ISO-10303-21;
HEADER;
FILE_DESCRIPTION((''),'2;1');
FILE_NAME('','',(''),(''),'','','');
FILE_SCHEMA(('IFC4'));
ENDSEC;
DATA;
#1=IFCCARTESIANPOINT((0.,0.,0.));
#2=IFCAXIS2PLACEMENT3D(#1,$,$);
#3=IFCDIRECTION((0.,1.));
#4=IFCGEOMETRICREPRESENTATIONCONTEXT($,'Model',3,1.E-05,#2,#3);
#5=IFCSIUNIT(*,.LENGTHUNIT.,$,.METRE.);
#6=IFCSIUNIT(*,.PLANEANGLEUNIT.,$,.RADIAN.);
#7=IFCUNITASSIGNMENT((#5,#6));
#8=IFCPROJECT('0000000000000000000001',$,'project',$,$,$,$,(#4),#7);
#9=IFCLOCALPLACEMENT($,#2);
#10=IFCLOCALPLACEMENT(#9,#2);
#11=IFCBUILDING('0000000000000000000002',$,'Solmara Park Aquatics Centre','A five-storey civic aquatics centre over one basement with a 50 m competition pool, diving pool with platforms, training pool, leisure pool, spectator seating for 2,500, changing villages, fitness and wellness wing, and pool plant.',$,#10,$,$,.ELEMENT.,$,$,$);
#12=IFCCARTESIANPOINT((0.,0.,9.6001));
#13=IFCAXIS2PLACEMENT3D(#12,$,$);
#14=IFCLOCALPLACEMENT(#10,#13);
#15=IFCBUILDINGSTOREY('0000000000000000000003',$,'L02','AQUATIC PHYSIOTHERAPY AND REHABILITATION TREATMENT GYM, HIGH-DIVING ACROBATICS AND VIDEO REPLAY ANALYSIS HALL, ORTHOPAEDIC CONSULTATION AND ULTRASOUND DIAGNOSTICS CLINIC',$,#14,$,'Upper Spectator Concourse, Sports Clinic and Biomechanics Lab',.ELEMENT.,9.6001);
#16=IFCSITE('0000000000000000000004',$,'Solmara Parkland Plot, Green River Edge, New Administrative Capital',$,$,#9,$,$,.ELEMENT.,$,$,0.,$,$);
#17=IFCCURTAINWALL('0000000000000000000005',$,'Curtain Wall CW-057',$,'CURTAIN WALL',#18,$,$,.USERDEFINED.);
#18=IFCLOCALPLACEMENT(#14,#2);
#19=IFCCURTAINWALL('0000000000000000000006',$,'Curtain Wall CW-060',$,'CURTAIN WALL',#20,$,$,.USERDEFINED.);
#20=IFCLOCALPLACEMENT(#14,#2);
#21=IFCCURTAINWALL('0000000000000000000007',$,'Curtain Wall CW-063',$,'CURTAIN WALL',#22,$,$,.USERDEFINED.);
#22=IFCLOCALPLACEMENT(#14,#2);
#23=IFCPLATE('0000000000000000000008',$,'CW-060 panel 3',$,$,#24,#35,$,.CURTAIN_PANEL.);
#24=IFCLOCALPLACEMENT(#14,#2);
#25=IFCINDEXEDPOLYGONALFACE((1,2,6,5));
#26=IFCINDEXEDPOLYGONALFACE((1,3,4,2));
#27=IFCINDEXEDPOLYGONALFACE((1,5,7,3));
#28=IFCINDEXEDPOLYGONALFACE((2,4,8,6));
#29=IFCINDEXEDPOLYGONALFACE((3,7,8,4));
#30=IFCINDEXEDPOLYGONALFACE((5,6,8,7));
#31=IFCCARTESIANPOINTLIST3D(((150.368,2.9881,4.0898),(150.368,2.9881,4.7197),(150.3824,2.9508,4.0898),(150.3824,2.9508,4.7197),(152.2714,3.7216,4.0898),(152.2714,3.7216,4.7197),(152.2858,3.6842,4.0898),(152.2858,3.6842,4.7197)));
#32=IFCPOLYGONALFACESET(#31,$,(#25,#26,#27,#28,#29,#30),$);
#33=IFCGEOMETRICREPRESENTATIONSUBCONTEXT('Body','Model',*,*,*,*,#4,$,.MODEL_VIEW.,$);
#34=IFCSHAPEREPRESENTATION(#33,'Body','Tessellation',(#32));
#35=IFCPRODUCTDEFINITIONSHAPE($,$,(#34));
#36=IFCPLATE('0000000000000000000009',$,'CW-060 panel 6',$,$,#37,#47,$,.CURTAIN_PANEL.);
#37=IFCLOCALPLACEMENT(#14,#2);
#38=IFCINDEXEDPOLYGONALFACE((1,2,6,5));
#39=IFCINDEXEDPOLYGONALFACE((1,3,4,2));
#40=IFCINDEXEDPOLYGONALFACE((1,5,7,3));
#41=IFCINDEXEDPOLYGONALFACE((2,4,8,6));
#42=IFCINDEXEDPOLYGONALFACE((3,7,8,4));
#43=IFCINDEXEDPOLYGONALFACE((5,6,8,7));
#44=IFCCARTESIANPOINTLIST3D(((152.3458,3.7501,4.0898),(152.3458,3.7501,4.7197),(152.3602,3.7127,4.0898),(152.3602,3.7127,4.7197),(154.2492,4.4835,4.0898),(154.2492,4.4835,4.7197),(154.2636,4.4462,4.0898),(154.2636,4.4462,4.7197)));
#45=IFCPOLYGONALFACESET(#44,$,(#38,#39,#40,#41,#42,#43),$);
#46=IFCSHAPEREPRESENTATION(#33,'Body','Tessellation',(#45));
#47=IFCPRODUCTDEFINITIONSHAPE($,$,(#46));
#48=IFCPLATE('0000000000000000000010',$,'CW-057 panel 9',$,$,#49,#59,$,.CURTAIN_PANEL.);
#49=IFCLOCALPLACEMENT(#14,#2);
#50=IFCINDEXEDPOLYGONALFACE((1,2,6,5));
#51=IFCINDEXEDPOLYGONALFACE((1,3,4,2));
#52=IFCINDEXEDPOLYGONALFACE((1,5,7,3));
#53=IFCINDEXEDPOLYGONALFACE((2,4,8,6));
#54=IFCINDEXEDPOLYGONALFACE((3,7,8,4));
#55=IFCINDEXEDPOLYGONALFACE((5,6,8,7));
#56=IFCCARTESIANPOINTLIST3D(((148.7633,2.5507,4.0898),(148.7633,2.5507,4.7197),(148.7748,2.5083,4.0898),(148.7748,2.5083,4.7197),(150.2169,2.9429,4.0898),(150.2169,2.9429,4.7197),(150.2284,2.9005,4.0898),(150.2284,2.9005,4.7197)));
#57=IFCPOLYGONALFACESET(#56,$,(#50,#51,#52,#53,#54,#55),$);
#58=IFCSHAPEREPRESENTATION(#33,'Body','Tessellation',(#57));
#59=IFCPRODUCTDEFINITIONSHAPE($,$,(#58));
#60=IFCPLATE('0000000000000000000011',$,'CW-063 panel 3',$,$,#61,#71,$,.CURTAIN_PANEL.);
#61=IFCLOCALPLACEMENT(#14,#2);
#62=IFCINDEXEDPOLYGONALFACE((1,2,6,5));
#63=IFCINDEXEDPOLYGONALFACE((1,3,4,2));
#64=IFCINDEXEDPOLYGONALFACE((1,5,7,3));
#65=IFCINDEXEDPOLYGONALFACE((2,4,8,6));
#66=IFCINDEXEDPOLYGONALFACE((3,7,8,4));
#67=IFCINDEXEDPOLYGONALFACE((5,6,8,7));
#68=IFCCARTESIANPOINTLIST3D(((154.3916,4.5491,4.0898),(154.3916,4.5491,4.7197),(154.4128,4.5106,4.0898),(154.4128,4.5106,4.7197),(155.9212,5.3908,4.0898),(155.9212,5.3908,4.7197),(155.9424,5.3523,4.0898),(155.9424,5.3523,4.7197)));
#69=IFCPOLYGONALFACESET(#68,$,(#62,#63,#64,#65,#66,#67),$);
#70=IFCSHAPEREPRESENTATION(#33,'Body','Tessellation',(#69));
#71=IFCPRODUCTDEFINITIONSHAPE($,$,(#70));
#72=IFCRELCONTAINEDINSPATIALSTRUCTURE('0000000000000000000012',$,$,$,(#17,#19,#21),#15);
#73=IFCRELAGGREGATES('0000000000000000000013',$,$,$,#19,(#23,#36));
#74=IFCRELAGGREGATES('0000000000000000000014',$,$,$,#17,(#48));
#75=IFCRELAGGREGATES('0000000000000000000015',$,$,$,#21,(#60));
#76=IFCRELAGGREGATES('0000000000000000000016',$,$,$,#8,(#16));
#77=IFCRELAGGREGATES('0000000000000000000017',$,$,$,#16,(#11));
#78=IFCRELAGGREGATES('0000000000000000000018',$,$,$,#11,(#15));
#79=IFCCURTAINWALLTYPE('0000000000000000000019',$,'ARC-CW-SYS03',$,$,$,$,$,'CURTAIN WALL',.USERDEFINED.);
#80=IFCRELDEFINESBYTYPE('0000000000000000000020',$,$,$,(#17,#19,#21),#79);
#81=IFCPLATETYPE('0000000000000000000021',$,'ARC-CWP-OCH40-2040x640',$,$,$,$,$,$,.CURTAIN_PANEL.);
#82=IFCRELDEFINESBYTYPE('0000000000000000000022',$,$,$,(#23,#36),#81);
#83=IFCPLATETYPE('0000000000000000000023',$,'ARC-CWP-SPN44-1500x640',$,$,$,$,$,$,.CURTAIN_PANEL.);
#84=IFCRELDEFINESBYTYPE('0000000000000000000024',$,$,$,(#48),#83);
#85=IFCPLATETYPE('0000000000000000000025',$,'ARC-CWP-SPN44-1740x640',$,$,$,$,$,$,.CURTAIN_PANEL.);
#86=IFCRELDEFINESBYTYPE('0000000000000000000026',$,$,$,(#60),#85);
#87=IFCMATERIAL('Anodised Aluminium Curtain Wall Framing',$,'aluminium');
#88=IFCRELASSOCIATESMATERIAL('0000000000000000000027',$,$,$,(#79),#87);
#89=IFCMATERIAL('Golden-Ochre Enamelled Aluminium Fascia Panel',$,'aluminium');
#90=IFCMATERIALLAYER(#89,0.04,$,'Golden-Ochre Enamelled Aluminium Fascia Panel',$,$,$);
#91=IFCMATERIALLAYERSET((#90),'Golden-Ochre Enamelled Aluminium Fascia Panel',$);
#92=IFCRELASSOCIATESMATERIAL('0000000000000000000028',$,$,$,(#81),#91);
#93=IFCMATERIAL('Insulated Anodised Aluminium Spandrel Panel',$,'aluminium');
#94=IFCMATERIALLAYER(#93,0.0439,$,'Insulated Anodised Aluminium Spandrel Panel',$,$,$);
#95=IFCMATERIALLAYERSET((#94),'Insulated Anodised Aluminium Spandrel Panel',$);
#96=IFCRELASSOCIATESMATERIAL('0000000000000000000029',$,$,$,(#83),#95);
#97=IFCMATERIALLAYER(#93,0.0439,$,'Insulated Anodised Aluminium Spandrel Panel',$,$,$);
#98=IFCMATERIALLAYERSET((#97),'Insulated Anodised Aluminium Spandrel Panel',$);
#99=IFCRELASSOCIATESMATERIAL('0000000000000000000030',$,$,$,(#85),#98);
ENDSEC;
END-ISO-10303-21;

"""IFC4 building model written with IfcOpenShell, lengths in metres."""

from ifc_helpers import new_model, si_unit, direction, frame, origin, origin_2d, place, context, subcontext, project, spatial, rectangle, extrude, material, layer, layer_set, type_object, element, aggregate, save


model = new_model("IFC4")

# Units and contexts
model_context = context("Model", 3, precision=1e-05, world=origin(), true_north=direction((0.0, 1.0)))
body_context = subcontext(model_context, "Body", "Model", "MODEL_VIEW")
ifc_project = project(units=[si_unit("LENGTHUNIT", "METRE"), si_unit("PLANEANGLEUNIT", "RADIAN")], contexts=[model_context])

# Site, building, storey
site_placement = place(None, origin())
site = spatial("IfcSite", under=ifc_project, at=site_placement, Name="Solmara Parkland Plot, Green River Edge, New Administrative Capital", CompositionType="ELEMENT", RefElevation=0.0)
building_placement = place(site_placement, origin())
building = spatial("IfcBuilding", under=site, at=building_placement, Name="Solmara Park Aquatics Centre", Description="A five-storey civic aquatics centre over one basement with a 50 m competition pool, diving pool with platforms, training pool, leisure pool, spectator seating for 2,500, changing villages, fitness and wellness wing, and pool plant.", CompositionType="ELEMENT")
storey_placement = place(building_placement, frame((0.0, 0.0, 9.6001)))
storey = spatial("IfcBuildingStorey", under=building, at=storey_placement, Name="L02", Description="AQUATIC PHYSIOTHERAPY AND REHABILITATION TREATMENT GYM, HIGH-DIVING ACROBATICS AND VIDEO REPLAY ANALYSIS HALL, ORTHOPAEDIC CONSULTATION AND ULTRASOUND DIAGNOSTICS CLINIC", LongName="Upper Spectator Concourse, Sports Clinic and Biomechanics Lab", CompositionType="ELEMENT", Elevation=9.6001)

# Curtain wall
ifc_material_1 = material(Name="Anodised Aluminium Curtain Wall Framing", Category="aluminium")
curtain_wall_type = type_object("IfcCurtainWallType", Name="ARC-CW-SYS03", ElementType="CURTAIN WALL", PredefinedType="USERDEFINED", material=ifc_material_1)
curtain_wall_1_placement = place(storey_placement, origin())
curtain_wall_1 = element("IfcCurtainWall", 1, at=curtain_wall_1_placement, inside=storey, type_object=curtain_wall_type, Name="Curtain Wall CW-057", ObjectType="CURTAIN WALL", PredefinedType="USERDEFINED")

# Curtain walls
curtain_wall_2_placement = place(storey_placement, origin())
curtain_wall_2 = element("IfcCurtainWall", 2, at=curtain_wall_2_placement, inside=storey, type_object=curtain_wall_type, Name="Curtain Wall CW-060", ObjectType="CURTAIN WALL", PredefinedType="USERDEFINED")
curtain_wall_3_placement = place(storey_placement, origin())
curtain_wall_3 = element("IfcCurtainWall", 3, at=curtain_wall_3_placement, inside=storey, type_object=curtain_wall_type, Name="Curtain Wall CW-063", ObjectType="CURTAIN WALL", PredefinedType="USERDEFINED")

# Plates
ifc_material_2 = material(Name="Golden-Ochre Enamelled Aluminium Fascia Panel", Category="aluminium")
ifc_layer_1 = layer(ifc_material_2, 0.04, Name="Golden-Ochre Enamelled Aluminium Fascia Panel")
ifc_layer_set_1 = layer_set([ifc_layer_1], Name="Golden-Ochre Enamelled Aluminium Fascia Panel")
plate_type_1 = type_object("IfcPlateType", Name="ARC-CWP-OCH40-2040x640", PredefinedType="CURTAIN_PANEL", material=ifc_layer_set_1)
plate_1_placement = place(storey_placement, frame((151.3269, 3.3362, 4.0898), z_axis=(0.0, 0.0, 1.0), x_axis=(0.93312, 0.359565, 0.0)))
plate_1 = element("IfcPlate", 4, at=plate_1_placement, type_object=plate_type_1, Name="CW-060 panel 3", PredefinedType="CURTAIN_PANEL", context=body_context, shape_type="SweptSolid", body=[
    extrude(rectangle(XDim=2.0398, YDim=0.04, at=origin_2d()), origin(), (0.0, 0.0, 1.0), 0.6299),
])
plate_2_placement = place(storey_placement, frame((153.3047, 4.0981, 4.0898), z_axis=(0.0, 0.0, 1.0), x_axis=(0.93312, 0.359565, 0.0)))
plate_2 = element("IfcPlate", 5, at=plate_2_placement, type_object=plate_type_1, Name="CW-060 panel 6", PredefinedType="CURTAIN_PANEL", context=body_context, shape_type="SweptSolid", body=[
    extrude(rectangle(XDim=2.0398, YDim=0.04, at=origin_2d()), origin(), (0.0, 0.0, 1.0), 0.6299),
])
aggregate(curtain_wall_2, [plate_1, plate_2])
ifc_material_3 = material(Name="Insulated Anodised Aluminium Spandrel Panel", Category="aluminium")
ifc_layer_2 = layer(ifc_material_3, 0.0439, Name="Insulated Anodised Aluminium Spandrel Panel")
ifc_layer_set_2 = layer_set([ifc_layer_2], Name="Insulated Anodised Aluminium Spandrel Panel")
plate_type_2 = type_object("IfcPlateType", Name="ARC-CWP-SPN44-1500x640", PredefinedType="CURTAIN_PANEL", material=ifc_layer_set_2)
plate_3_placement = place(storey_placement, frame((149.4958, 2.7256, 4.0898), z_axis=(0.0, 0.0, 1.0), x_axis=(0.96548, 0.260476, 0.0)))
plate_3 = element("IfcPlate", 6, at=plate_3_placement, type_object=plate_type_2, Name="CW-057 panel 9", PredefinedType="CURTAIN_PANEL", context=body_context, shape_type="SweptSolid", body=[
    extrude(rectangle(XDim=1.5056, YDim=0.0439, at=origin_2d()), origin(), (0.0, 0.0, 1.0), 0.6299),
])
aggregate(curtain_wall_1, [plate_3])
ifc_layer_3 = layer(ifc_material_3, 0.0439, Name="Insulated Anodised Aluminium Spandrel Panel")
ifc_layer_set_3 = layer_set([ifc_layer_3], Name="Insulated Anodised Aluminium Spandrel Panel")
plate_type_3 = type_object("IfcPlateType", Name="ARC-CWP-SPN44-1740x640", PredefinedType="CURTAIN_PANEL", material=ifc_layer_set_3)
plate_4_placement = place(storey_placement, frame((155.167, 4.9507, 4.0898), z_axis=(0.0, 0.0, 1.0), x_axis=(0.876105, 0.482121, 0.0)))
plate_4 = element("IfcPlate", 7, at=plate_4_placement, type_object=plate_type_3, Name="CW-063 panel 3", PredefinedType="CURTAIN_PANEL", context=body_context, shape_type="SweptSolid", body=[
    extrude(rectangle(XDim=1.7458, YDim=0.0439, at=origin_2d()), origin(), (0.0, 0.0, 1.0), 0.6299),
])
aggregate(curtain_wall_3, [plate_4])

save(model, "model.ifc")
